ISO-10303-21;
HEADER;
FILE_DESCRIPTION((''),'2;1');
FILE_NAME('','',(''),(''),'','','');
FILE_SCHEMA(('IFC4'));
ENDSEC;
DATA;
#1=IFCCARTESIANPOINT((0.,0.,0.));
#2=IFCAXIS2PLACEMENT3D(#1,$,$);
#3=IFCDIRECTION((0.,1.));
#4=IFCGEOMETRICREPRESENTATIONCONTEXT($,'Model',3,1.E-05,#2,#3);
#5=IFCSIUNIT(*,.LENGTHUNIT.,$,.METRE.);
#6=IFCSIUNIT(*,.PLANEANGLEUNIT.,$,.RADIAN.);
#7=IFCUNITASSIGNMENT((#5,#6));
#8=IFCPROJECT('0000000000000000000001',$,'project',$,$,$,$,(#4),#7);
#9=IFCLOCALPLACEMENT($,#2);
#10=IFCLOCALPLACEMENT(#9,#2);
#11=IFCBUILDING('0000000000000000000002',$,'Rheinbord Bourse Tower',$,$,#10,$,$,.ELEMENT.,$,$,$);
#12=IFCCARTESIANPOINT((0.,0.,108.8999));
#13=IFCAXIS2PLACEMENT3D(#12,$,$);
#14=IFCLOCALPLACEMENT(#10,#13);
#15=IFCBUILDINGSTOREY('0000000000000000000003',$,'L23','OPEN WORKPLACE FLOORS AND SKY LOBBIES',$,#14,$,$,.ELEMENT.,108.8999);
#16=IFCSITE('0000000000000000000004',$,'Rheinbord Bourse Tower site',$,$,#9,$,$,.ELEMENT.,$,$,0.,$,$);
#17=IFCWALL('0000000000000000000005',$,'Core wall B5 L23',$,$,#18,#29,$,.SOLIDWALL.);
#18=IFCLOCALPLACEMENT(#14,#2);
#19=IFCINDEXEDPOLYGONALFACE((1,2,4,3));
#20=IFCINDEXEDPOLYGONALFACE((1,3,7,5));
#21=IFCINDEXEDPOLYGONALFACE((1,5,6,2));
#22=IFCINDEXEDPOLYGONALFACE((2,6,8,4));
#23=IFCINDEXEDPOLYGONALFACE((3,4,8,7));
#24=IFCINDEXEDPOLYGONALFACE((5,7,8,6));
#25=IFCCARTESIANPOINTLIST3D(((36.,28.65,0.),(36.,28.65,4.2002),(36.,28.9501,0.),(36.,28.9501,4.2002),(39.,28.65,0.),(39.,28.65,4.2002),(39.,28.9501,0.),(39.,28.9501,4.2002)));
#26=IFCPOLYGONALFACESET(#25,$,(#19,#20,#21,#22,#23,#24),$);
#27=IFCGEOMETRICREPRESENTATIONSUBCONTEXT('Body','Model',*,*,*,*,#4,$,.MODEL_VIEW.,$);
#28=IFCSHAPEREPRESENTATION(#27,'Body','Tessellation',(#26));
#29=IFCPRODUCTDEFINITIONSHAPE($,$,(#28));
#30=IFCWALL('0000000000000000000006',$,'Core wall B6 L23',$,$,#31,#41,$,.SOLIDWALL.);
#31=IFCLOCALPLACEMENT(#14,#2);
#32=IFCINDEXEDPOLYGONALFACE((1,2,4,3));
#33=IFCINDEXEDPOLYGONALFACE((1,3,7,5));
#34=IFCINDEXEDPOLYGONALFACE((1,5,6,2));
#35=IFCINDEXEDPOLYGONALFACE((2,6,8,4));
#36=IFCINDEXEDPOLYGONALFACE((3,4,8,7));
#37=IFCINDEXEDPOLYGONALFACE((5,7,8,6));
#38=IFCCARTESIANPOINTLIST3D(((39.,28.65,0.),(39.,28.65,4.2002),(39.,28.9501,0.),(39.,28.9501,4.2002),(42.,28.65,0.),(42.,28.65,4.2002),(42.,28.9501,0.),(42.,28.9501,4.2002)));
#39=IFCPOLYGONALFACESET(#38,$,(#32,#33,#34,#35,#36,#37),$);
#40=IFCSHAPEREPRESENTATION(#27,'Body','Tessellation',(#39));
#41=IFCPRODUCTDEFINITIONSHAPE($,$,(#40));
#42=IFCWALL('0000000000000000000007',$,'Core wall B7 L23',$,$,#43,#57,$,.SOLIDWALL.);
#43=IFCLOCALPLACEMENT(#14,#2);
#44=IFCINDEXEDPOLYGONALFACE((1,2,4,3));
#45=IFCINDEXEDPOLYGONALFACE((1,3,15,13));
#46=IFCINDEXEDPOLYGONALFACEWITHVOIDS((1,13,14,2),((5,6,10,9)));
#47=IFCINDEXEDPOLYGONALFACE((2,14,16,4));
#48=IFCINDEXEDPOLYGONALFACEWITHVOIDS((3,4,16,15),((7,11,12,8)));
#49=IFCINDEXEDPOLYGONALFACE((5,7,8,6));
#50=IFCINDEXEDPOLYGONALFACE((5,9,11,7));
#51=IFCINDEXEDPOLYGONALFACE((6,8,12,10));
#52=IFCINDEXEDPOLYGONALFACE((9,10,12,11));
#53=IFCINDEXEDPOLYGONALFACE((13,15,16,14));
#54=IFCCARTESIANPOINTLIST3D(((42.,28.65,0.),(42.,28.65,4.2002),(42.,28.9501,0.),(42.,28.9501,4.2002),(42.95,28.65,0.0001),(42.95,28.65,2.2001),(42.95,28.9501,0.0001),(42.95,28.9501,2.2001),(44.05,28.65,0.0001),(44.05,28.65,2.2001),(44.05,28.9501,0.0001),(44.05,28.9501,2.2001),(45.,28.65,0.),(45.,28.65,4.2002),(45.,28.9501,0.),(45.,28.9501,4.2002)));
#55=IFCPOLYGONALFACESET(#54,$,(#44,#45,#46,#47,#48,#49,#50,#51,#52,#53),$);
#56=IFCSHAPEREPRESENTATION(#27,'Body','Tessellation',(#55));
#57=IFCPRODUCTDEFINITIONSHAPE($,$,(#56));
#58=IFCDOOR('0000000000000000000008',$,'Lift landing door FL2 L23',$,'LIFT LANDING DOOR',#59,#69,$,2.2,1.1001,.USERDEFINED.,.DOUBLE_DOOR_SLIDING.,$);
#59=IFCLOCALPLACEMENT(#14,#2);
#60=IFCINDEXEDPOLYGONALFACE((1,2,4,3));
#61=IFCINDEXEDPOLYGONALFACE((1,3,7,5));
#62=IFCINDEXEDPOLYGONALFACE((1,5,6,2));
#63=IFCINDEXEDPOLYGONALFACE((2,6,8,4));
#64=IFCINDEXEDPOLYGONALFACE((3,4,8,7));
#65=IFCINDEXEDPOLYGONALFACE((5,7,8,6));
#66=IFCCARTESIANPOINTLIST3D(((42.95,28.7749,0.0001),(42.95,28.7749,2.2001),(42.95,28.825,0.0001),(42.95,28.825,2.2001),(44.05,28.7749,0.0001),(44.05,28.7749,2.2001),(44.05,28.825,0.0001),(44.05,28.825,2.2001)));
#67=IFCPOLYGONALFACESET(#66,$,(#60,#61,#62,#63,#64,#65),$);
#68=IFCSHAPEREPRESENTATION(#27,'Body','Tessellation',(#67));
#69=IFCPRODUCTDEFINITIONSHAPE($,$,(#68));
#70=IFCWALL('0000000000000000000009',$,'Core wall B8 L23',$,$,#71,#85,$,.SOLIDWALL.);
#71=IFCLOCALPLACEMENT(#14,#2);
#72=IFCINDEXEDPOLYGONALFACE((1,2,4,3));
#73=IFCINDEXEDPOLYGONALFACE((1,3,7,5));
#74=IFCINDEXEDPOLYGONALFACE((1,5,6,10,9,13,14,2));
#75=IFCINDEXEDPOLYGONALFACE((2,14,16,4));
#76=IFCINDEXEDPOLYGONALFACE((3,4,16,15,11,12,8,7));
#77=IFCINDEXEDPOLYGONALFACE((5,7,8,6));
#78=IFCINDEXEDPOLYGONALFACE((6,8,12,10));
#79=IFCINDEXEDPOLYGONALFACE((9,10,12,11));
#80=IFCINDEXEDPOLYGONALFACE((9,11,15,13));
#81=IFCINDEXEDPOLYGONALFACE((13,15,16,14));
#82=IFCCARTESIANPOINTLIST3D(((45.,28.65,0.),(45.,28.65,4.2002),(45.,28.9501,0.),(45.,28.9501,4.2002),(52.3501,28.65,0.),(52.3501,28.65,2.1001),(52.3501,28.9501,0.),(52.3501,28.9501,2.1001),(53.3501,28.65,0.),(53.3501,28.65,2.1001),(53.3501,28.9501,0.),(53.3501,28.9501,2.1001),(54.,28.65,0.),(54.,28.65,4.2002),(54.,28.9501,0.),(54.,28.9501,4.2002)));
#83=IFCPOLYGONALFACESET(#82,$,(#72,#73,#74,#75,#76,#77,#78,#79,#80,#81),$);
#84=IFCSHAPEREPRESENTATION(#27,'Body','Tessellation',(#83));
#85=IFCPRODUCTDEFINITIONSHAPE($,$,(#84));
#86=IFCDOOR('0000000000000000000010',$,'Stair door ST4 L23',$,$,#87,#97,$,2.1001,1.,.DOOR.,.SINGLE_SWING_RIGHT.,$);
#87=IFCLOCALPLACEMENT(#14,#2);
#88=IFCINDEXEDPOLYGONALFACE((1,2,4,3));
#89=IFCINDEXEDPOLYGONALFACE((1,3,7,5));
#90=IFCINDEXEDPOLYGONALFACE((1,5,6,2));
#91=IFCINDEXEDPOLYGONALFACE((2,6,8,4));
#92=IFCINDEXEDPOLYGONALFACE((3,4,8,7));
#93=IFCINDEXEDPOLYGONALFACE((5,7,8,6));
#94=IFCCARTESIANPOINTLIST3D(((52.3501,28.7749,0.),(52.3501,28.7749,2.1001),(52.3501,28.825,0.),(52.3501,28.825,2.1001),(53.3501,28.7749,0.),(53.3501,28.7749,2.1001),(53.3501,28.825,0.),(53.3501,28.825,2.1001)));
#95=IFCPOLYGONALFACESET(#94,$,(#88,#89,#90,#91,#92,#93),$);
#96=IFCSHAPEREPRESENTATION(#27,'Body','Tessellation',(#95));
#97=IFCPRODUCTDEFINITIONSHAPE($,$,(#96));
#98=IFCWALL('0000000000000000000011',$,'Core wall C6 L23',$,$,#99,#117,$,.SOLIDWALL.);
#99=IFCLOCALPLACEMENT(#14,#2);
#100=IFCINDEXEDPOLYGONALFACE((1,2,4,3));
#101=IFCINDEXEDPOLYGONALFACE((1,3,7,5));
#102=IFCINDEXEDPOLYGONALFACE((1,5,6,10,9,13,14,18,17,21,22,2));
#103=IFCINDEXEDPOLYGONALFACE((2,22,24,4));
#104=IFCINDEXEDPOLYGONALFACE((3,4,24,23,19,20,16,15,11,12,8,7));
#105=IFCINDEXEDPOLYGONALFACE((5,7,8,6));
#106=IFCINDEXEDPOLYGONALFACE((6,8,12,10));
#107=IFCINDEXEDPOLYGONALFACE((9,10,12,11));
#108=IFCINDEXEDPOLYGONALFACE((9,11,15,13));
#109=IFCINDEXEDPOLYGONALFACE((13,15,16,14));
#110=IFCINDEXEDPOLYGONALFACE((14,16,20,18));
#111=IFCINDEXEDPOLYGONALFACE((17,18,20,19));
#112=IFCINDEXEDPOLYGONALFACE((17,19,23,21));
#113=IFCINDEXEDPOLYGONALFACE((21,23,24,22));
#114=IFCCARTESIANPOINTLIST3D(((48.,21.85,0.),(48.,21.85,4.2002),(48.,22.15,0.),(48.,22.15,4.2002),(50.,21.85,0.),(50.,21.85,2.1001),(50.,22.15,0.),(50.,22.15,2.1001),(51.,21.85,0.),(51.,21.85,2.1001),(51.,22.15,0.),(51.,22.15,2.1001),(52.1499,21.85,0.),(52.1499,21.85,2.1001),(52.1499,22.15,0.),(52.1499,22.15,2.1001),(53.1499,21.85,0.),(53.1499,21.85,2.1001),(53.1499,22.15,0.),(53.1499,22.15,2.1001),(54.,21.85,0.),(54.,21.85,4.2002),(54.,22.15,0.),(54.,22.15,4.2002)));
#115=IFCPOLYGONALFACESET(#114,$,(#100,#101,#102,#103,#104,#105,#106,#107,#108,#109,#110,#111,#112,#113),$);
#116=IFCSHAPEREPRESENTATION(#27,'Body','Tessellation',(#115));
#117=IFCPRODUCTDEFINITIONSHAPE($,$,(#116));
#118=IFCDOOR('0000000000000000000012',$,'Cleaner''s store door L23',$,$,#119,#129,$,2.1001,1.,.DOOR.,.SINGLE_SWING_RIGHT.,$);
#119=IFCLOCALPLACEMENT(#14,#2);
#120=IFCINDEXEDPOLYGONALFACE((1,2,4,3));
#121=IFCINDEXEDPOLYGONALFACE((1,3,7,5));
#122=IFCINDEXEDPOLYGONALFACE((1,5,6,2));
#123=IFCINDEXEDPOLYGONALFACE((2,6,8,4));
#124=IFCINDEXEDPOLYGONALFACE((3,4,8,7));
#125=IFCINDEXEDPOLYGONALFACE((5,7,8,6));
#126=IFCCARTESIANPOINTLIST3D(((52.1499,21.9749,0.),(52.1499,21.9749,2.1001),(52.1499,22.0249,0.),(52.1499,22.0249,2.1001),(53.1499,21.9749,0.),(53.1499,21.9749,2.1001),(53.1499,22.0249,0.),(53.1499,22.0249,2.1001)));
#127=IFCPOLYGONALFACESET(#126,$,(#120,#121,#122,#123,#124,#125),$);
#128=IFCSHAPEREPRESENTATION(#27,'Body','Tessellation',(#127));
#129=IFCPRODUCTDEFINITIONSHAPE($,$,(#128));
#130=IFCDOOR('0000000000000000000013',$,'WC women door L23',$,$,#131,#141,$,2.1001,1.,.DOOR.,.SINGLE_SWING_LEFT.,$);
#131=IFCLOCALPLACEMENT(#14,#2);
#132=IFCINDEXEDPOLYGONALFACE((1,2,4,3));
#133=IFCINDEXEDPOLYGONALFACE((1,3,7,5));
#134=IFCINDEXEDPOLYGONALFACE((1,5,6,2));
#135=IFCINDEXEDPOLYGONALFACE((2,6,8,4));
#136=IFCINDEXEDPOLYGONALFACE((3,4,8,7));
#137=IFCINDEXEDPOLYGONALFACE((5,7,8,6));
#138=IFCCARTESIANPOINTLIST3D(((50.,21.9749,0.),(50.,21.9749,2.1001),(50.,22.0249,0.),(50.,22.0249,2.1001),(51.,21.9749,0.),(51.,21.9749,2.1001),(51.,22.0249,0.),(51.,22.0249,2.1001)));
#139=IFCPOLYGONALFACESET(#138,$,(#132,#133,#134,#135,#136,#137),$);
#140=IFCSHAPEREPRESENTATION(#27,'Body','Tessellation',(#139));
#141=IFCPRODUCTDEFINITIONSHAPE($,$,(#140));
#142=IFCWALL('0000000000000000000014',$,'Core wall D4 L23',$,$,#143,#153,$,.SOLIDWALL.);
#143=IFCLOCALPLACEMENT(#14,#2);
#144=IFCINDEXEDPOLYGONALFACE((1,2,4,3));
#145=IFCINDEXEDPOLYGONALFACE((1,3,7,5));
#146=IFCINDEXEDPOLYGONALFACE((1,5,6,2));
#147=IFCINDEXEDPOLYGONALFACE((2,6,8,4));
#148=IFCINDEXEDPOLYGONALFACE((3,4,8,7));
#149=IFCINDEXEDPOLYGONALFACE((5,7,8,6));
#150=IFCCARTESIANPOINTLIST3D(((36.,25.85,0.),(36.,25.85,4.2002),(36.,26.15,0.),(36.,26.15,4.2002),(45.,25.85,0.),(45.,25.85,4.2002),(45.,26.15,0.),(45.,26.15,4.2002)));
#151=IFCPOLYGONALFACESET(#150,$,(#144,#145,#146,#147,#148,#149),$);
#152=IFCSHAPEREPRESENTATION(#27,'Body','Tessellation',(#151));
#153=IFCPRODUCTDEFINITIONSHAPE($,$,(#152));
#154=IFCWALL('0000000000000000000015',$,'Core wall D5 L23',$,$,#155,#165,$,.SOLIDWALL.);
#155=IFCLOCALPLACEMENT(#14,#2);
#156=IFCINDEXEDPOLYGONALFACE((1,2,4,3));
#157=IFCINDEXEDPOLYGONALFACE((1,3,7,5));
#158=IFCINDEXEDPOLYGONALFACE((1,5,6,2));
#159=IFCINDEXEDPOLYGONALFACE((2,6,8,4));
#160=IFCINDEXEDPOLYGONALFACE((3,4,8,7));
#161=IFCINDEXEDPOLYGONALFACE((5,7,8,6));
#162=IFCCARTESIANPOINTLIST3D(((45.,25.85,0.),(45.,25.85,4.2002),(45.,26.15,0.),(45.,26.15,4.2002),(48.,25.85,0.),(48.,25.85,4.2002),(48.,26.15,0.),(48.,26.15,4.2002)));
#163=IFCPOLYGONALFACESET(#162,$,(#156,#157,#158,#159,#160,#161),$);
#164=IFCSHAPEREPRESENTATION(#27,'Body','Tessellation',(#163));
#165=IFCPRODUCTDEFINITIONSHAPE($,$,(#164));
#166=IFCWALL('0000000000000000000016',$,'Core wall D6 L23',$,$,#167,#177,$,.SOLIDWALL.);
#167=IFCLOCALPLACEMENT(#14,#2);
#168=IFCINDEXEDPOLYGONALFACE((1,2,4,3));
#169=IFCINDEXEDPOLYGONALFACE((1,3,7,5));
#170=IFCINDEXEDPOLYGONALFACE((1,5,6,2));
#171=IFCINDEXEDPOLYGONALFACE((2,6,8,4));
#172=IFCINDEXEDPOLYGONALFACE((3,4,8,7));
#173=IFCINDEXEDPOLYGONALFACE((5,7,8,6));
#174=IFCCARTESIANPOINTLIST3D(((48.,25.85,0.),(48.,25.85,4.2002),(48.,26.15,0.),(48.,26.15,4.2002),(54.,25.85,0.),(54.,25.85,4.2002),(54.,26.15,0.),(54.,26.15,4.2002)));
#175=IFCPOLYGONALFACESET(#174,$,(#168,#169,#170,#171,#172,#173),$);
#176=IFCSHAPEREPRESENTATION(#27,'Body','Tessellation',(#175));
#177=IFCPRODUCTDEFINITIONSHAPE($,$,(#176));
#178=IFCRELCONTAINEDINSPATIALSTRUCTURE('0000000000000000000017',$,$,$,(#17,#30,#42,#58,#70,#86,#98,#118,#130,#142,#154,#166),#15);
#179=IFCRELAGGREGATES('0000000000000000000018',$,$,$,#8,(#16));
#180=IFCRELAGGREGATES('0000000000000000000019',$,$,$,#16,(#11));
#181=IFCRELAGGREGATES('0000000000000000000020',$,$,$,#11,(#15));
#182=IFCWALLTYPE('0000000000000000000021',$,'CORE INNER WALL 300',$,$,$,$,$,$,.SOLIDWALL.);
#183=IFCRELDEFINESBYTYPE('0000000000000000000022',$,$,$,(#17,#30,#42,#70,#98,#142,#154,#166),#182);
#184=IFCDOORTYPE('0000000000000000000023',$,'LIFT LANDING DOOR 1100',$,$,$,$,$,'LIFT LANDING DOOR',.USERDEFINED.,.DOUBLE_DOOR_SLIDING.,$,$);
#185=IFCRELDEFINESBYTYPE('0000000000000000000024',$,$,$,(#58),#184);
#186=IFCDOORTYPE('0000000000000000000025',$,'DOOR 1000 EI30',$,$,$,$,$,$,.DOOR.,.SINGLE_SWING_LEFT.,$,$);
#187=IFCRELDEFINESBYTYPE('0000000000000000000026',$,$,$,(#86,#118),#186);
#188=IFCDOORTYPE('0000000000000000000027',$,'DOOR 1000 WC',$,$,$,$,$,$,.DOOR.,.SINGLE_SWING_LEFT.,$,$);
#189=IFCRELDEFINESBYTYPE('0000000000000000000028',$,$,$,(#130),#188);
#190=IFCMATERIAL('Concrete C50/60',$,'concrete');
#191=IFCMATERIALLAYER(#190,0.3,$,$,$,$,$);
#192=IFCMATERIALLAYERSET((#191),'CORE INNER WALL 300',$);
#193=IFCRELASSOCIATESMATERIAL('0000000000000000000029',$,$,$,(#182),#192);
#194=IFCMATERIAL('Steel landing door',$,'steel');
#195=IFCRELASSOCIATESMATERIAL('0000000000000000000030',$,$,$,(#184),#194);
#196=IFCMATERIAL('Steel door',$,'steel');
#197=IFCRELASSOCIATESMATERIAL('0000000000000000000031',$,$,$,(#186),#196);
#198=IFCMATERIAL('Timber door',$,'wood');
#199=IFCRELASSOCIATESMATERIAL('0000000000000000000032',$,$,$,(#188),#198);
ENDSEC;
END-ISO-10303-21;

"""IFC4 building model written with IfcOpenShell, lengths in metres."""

from ifc_helpers import new_model, si_unit, direction, frame, frame_2d, origin, place, context, subcontext, project, spatial, rectangle, extrude, material, layer, layer_set, type_object, element, fill, save


model = new_model("IFC4")

# Units and contexts
model_context = context("Model", 3, precision=1e-05, world=origin(), true_north=direction((0.0, 1.0)))
body_context = subcontext(model_context, "Body", "Model", "MODEL_VIEW")
ifc_project = project(units=[si_unit("LENGTHUNIT", "METRE"), si_unit("PLANEANGLEUNIT", "RADIAN")], contexts=[model_context])

# Site, building, storey
site_placement = place(None, origin())
site = spatial("IfcSite", under=ifc_project, at=site_placement, Name="Rheinbord Bourse Tower site", CompositionType="ELEMENT", RefElevation=0.0)
building_placement = place(site_placement, origin())
building = spatial("IfcBuilding", under=site, at=building_placement, Name="Rheinbord Bourse Tower", CompositionType="ELEMENT")
storey_placement = place(building_placement, frame((0.0, 0.0, 108.8999)))
storey = spatial("IfcBuildingStorey", under=building, at=storey_placement, Name="L23", Description="OPEN WORKPLACE FLOORS AND SKY LOBBIES", CompositionType="ELEMENT", Elevation=108.8999)

# Walls
ifc_material_1 = material(Name="Concrete C50/60", Category="concrete")
ifc_layer_1 = layer(ifc_material_1, 0.3)
ifc_layer_set_1 = layer_set([ifc_layer_1], Name="CORE INNER WALL 300")
wall_type_1 = type_object("IfcWallType", Name="CORE INNER WALL 300", PredefinedType="SOLIDWALL", material=ifc_layer_set_1)
for number, where, z_axis, x_axis, name in (
    (1, (36.0, 28.8, 0.0), (0.0, 0.0, 1.0), (1.0, 0.0, 0.0), "Core wall B5 L23"),
    (2, (39.0, 28.8, 0.0), (0.0, 0.0, 1.0), (1.0, 0.0, 0.0), "Core wall B6 L23"),
):
    element("IfcWall", number, at=place(storey_placement, frame(where, z_axis=z_axis, x_axis=x_axis)), inside=storey, type_object=wall_type_1, Name=name, PredefinedType="SOLIDWALL", context=body_context, shape_type="SweptSolid", body=[
        extrude(rectangle(XDim=3.0, YDim=0.3, at=frame_2d((1.5, 0.0))), origin(), (0.0, 0.0, 1.0), 4.2002),
    ])

# Walls, openings, doors
wall_1_placement = place(storey_placement, frame((42.0, 28.8, 0.0), z_axis=(0.0, 0.0, 1.0), x_axis=(1.0, 0.0, 0.0)))
wall_1 = element("IfcWall", 3, at=wall_1_placement, inside=storey, type_object=wall_type_1, Name="Core wall B7 L23", PredefinedType="SOLIDWALL", context=body_context, shape_type="SweptSolid", body=[
    extrude(rectangle(XDim=3.0, YDim=0.3, at=frame_2d((1.5, 0.0))), origin(), (0.0, 0.0, 1.0), 4.2002),
])
opening_1_placement = place(wall_1_placement, frame((0.95, 0.0, 0.0)))
opening_1 = element("IfcOpeningElement", 4, at=opening_1_placement, cuts=wall_1, PredefinedType="OPENING", context=body_context, shape_type="SweptSolid", body=[
    extrude(rectangle(XDim=1.1001, YDim=2.2, at=frame_2d((0.55, 1.1001))), frame((0.0, 0.1599, 0.0), z_axis=(0.0, -1.0, 0.0), x_axis=(1.0, 0.0, 0.0)), (0.0, 0.0, 1.0), 0.3201),
])
ifc_material_2 = material(Name="Steel landing door", Category="steel")
door_type_1 = type_object("IfcDoorType", Name="LIFT LANDING DOOR 1100", ElementType="LIFT LANDING DOOR", OperationType="DOUBLE_DOOR_SLIDING", PredefinedType="USERDEFINED", material=ifc_material_2)
door_1_placement = place(opening_1_placement, origin())
door_1 = element("IfcDoor", 5, at=door_1_placement, inside=storey, type_object=door_type_1, Name="Lift landing door FL2 L23", ObjectType="LIFT LANDING DOOR", OperationType="DOUBLE_DOOR_SLIDING", OverallHeight=2.2, OverallWidth=1.1001, PredefinedType="USERDEFINED", context=body_context, shape_type="SweptSolid", body=[
    extrude(rectangle(XDim=1.1001, YDim=2.2, at=frame_2d((0.55, 1.1001))), frame((0.0, 0.0249, 0.0), z_axis=(0.0, -1.0, 0.0), x_axis=(1.0, 0.0, 0.0)), (0.0, 0.0, 1.0), 0.05),
])
fill(opening_1, door_1)
wall_2_placement = place(storey_placement, frame((45.0, 28.8, 0.0), z_axis=(0.0, 0.0, 1.0), x_axis=(1.0, 0.0, 0.0)))
wall_2 = element("IfcWall", 6, at=wall_2_placement, inside=storey, type_object=wall_type_1, Name="Core wall B8 L23", PredefinedType="SOLIDWALL", context=body_context, shape_type="SweptSolid", body=[
    extrude(rectangle(XDim=9.0, YDim=0.3, at=frame_2d((4.5, 0.0))), origin(), (0.0, 0.0, 1.0), 4.2002),
])
opening_2_placement = place(wall_2_placement, frame((7.3501, 0.0, 0.0)))
opening_2 = element("IfcOpeningElement", 7, at=opening_2_placement, cuts=wall_2, PredefinedType="OPENING", context=body_context, shape_type="SweptSolid", body=[
    extrude(rectangle(XDim=1.0, YDim=2.1001, at=frame_2d((0.5, 1.05))), frame((0.0, 0.1599, 0.0), z_axis=(0.0, -1.0, 0.0), x_axis=(1.0, 0.0, 0.0)), (0.0, 0.0, 1.0), 0.3201),
])
ifc_material_3 = material(Name="Steel door", Category="steel")
door_type_2 = type_object("IfcDoorType", Name="DOOR 1000 EI30", OperationType="SINGLE_SWING_LEFT", PredefinedType="DOOR", material=ifc_material_3)
door_2_placement = place(opening_2_placement, origin())
door_2 = element("IfcDoor", 8, at=door_2_placement, inside=storey, type_object=door_type_2, Name="Stair door ST4 L23", OperationType="SINGLE_SWING_RIGHT", OverallHeight=2.1001, OverallWidth=1.0, PredefinedType="DOOR", context=body_context, shape_type="SweptSolid", body=[
    extrude(rectangle(XDim=1.0, YDim=2.1001, at=frame_2d((0.5, 1.05))), frame((0.0, 0.0249, 0.0), z_axis=(0.0, -1.0, 0.0), x_axis=(1.0, 0.0, 0.0)), (0.0, 0.0, 1.0), 0.05),
])
fill(opening_2, door_2)

# Wall, openings, doors
wall_3_placement = place(storey_placement, frame((48.0, 22.0, 0.0), z_axis=(0.0, 0.0, 1.0), x_axis=(1.0, 0.0, 0.0)))
wall_3 = element("IfcWall", 9, at=wall_3_placement, inside=storey, type_object=wall_type_1, Name="Core wall C6 L23", PredefinedType="SOLIDWALL", context=body_context, shape_type="SweptSolid", body=[
    extrude(rectangle(XDim=6.0, YDim=0.3, at=frame_2d((3.0, 0.0))), origin(), (0.0, 0.0, 1.0), 4.2002),
])
opening_3_placement = place(wall_3_placement, frame((2.0, 0.0, 0.0)))
opening_3 = element("IfcOpeningElement", 10, at=opening_3_placement, cuts=wall_3, PredefinedType="OPENING", context=body_context, shape_type="SweptSolid", body=[
    extrude(rectangle(XDim=1.0, YDim=2.1001, at=frame_2d((0.5, 1.05))), frame((0.0, 0.1599, 0.0), z_axis=(0.0, -1.0, 0.0), x_axis=(1.0, 0.0, 0.0)), (0.0, 0.0, 1.0), 0.3201),
])
opening_4_placement = place(wall_3_placement, frame((4.1499, 0.0, 0.0)))
opening_4 = element("IfcOpeningElement", 11, at=opening_4_placement, cuts=wall_3, PredefinedType="OPENING", context=body_context, shape_type="SweptSolid", body=[
    extrude(rectangle(XDim=1.0, YDim=2.1001, at=frame_2d((0.5, 1.05))), frame((0.0, 0.1599, 0.0), z_axis=(0.0, -1.0, 0.0), x_axis=(1.0, 0.0, 0.0)), (0.0, 0.0, 1.0), 0.3201),
])
door_3_placement = place(opening_4_placement, origin())
door_3 = element("IfcDoor", 12, at=door_3_placement, inside=storey, type_object=door_type_2, Name="Cleaner's store door L23", OperationType="SINGLE_SWING_RIGHT", OverallHeight=2.1001, OverallWidth=1.0, PredefinedType="DOOR", context=body_context, shape_type="SweptSolid", body=[
    extrude(rectangle(XDim=1.0, YDim=2.1001, at=frame_2d((0.5, 1.05))), frame((0.0, 0.0249, 0.0), z_axis=(0.0, -1.0, 0.0), x_axis=(1.0, 0.0, 0.0)), (0.0, 0.0, 1.0), 0.05),
])
fill(opening_4, door_3)
ifc_material_4 = material(Name="Timber door", Category="wood")
door_type_3 = type_object("IfcDoorType", Name="DOOR 1000 WC", OperationType="SINGLE_SWING_LEFT", PredefinedType="DOOR", material=ifc_material_4)
door_4_placement = place(opening_3_placement, origin())
door_4 = element("IfcDoor", 13, at=door_4_placement, inside=storey, type_object=door_type_3, Name="WC women door L23", OperationType="SINGLE_SWING_LEFT", OverallHeight=2.1001, OverallWidth=1.0, PredefinedType="DOOR", context=body_context, shape_type="SweptSolid", body=[
    extrude(rectangle(XDim=1.0, YDim=2.1001, at=frame_2d((0.5, 1.05))), frame((0.0, 0.0249, 0.0), z_axis=(0.0, -1.0, 0.0), x_axis=(1.0, 0.0, 0.0)), (0.0, 0.0, 1.0), 0.05),
])
fill(opening_3, door_4)

# Walls
wall_4_placement = place(storey_placement, frame((36.0, 26.0, 0.0), z_axis=(0.0, 0.0, 1.0), x_axis=(1.0, 0.0, 0.0)))
element("IfcWall", 14, at=wall_4_placement, inside=storey, type_object=wall_type_1, Name="Core wall D4 L23", PredefinedType="SOLIDWALL", context=body_context, shape_type="SweptSolid", body=[
    extrude(rectangle(XDim=9.0, YDim=0.3, at=frame_2d((4.5, 0.0))), origin(), (0.0, 0.0, 1.0), 4.2002),
])
wall_5_placement = place(storey_placement, frame((45.0, 26.0, 0.0), z_axis=(0.0, 0.0, 1.0), x_axis=(1.0, 0.0, 0.0)))
element("IfcWall", 15, at=wall_5_placement, inside=storey, type_object=wall_type_1, Name="Core wall D5 L23", PredefinedType="SOLIDWALL", context=body_context, shape_type="SweptSolid", body=[
    extrude(rectangle(XDim=3.0, YDim=0.3, at=frame_2d((1.5, 0.0))), origin(), (0.0, 0.0, 1.0), 4.2002),
])
wall_6_placement = place(storey_placement, frame((48.0, 26.0, 0.0), z_axis=(0.0, 0.0, 1.0), x_axis=(1.0, 0.0, 0.0)))
element("IfcWall", 16, at=wall_6_placement, inside=storey, type_object=wall_type_1, Name="Core wall D6 L23", PredefinedType="SOLIDWALL", context=body_context, shape_type="SweptSolid", body=[
    extrude(rectangle(XDim=6.0, YDim=0.3, at=frame_2d((3.0, 0.0))), origin(), (0.0, 0.0, 1.0), 4.2002),
])

save(model, "model.ifc")
